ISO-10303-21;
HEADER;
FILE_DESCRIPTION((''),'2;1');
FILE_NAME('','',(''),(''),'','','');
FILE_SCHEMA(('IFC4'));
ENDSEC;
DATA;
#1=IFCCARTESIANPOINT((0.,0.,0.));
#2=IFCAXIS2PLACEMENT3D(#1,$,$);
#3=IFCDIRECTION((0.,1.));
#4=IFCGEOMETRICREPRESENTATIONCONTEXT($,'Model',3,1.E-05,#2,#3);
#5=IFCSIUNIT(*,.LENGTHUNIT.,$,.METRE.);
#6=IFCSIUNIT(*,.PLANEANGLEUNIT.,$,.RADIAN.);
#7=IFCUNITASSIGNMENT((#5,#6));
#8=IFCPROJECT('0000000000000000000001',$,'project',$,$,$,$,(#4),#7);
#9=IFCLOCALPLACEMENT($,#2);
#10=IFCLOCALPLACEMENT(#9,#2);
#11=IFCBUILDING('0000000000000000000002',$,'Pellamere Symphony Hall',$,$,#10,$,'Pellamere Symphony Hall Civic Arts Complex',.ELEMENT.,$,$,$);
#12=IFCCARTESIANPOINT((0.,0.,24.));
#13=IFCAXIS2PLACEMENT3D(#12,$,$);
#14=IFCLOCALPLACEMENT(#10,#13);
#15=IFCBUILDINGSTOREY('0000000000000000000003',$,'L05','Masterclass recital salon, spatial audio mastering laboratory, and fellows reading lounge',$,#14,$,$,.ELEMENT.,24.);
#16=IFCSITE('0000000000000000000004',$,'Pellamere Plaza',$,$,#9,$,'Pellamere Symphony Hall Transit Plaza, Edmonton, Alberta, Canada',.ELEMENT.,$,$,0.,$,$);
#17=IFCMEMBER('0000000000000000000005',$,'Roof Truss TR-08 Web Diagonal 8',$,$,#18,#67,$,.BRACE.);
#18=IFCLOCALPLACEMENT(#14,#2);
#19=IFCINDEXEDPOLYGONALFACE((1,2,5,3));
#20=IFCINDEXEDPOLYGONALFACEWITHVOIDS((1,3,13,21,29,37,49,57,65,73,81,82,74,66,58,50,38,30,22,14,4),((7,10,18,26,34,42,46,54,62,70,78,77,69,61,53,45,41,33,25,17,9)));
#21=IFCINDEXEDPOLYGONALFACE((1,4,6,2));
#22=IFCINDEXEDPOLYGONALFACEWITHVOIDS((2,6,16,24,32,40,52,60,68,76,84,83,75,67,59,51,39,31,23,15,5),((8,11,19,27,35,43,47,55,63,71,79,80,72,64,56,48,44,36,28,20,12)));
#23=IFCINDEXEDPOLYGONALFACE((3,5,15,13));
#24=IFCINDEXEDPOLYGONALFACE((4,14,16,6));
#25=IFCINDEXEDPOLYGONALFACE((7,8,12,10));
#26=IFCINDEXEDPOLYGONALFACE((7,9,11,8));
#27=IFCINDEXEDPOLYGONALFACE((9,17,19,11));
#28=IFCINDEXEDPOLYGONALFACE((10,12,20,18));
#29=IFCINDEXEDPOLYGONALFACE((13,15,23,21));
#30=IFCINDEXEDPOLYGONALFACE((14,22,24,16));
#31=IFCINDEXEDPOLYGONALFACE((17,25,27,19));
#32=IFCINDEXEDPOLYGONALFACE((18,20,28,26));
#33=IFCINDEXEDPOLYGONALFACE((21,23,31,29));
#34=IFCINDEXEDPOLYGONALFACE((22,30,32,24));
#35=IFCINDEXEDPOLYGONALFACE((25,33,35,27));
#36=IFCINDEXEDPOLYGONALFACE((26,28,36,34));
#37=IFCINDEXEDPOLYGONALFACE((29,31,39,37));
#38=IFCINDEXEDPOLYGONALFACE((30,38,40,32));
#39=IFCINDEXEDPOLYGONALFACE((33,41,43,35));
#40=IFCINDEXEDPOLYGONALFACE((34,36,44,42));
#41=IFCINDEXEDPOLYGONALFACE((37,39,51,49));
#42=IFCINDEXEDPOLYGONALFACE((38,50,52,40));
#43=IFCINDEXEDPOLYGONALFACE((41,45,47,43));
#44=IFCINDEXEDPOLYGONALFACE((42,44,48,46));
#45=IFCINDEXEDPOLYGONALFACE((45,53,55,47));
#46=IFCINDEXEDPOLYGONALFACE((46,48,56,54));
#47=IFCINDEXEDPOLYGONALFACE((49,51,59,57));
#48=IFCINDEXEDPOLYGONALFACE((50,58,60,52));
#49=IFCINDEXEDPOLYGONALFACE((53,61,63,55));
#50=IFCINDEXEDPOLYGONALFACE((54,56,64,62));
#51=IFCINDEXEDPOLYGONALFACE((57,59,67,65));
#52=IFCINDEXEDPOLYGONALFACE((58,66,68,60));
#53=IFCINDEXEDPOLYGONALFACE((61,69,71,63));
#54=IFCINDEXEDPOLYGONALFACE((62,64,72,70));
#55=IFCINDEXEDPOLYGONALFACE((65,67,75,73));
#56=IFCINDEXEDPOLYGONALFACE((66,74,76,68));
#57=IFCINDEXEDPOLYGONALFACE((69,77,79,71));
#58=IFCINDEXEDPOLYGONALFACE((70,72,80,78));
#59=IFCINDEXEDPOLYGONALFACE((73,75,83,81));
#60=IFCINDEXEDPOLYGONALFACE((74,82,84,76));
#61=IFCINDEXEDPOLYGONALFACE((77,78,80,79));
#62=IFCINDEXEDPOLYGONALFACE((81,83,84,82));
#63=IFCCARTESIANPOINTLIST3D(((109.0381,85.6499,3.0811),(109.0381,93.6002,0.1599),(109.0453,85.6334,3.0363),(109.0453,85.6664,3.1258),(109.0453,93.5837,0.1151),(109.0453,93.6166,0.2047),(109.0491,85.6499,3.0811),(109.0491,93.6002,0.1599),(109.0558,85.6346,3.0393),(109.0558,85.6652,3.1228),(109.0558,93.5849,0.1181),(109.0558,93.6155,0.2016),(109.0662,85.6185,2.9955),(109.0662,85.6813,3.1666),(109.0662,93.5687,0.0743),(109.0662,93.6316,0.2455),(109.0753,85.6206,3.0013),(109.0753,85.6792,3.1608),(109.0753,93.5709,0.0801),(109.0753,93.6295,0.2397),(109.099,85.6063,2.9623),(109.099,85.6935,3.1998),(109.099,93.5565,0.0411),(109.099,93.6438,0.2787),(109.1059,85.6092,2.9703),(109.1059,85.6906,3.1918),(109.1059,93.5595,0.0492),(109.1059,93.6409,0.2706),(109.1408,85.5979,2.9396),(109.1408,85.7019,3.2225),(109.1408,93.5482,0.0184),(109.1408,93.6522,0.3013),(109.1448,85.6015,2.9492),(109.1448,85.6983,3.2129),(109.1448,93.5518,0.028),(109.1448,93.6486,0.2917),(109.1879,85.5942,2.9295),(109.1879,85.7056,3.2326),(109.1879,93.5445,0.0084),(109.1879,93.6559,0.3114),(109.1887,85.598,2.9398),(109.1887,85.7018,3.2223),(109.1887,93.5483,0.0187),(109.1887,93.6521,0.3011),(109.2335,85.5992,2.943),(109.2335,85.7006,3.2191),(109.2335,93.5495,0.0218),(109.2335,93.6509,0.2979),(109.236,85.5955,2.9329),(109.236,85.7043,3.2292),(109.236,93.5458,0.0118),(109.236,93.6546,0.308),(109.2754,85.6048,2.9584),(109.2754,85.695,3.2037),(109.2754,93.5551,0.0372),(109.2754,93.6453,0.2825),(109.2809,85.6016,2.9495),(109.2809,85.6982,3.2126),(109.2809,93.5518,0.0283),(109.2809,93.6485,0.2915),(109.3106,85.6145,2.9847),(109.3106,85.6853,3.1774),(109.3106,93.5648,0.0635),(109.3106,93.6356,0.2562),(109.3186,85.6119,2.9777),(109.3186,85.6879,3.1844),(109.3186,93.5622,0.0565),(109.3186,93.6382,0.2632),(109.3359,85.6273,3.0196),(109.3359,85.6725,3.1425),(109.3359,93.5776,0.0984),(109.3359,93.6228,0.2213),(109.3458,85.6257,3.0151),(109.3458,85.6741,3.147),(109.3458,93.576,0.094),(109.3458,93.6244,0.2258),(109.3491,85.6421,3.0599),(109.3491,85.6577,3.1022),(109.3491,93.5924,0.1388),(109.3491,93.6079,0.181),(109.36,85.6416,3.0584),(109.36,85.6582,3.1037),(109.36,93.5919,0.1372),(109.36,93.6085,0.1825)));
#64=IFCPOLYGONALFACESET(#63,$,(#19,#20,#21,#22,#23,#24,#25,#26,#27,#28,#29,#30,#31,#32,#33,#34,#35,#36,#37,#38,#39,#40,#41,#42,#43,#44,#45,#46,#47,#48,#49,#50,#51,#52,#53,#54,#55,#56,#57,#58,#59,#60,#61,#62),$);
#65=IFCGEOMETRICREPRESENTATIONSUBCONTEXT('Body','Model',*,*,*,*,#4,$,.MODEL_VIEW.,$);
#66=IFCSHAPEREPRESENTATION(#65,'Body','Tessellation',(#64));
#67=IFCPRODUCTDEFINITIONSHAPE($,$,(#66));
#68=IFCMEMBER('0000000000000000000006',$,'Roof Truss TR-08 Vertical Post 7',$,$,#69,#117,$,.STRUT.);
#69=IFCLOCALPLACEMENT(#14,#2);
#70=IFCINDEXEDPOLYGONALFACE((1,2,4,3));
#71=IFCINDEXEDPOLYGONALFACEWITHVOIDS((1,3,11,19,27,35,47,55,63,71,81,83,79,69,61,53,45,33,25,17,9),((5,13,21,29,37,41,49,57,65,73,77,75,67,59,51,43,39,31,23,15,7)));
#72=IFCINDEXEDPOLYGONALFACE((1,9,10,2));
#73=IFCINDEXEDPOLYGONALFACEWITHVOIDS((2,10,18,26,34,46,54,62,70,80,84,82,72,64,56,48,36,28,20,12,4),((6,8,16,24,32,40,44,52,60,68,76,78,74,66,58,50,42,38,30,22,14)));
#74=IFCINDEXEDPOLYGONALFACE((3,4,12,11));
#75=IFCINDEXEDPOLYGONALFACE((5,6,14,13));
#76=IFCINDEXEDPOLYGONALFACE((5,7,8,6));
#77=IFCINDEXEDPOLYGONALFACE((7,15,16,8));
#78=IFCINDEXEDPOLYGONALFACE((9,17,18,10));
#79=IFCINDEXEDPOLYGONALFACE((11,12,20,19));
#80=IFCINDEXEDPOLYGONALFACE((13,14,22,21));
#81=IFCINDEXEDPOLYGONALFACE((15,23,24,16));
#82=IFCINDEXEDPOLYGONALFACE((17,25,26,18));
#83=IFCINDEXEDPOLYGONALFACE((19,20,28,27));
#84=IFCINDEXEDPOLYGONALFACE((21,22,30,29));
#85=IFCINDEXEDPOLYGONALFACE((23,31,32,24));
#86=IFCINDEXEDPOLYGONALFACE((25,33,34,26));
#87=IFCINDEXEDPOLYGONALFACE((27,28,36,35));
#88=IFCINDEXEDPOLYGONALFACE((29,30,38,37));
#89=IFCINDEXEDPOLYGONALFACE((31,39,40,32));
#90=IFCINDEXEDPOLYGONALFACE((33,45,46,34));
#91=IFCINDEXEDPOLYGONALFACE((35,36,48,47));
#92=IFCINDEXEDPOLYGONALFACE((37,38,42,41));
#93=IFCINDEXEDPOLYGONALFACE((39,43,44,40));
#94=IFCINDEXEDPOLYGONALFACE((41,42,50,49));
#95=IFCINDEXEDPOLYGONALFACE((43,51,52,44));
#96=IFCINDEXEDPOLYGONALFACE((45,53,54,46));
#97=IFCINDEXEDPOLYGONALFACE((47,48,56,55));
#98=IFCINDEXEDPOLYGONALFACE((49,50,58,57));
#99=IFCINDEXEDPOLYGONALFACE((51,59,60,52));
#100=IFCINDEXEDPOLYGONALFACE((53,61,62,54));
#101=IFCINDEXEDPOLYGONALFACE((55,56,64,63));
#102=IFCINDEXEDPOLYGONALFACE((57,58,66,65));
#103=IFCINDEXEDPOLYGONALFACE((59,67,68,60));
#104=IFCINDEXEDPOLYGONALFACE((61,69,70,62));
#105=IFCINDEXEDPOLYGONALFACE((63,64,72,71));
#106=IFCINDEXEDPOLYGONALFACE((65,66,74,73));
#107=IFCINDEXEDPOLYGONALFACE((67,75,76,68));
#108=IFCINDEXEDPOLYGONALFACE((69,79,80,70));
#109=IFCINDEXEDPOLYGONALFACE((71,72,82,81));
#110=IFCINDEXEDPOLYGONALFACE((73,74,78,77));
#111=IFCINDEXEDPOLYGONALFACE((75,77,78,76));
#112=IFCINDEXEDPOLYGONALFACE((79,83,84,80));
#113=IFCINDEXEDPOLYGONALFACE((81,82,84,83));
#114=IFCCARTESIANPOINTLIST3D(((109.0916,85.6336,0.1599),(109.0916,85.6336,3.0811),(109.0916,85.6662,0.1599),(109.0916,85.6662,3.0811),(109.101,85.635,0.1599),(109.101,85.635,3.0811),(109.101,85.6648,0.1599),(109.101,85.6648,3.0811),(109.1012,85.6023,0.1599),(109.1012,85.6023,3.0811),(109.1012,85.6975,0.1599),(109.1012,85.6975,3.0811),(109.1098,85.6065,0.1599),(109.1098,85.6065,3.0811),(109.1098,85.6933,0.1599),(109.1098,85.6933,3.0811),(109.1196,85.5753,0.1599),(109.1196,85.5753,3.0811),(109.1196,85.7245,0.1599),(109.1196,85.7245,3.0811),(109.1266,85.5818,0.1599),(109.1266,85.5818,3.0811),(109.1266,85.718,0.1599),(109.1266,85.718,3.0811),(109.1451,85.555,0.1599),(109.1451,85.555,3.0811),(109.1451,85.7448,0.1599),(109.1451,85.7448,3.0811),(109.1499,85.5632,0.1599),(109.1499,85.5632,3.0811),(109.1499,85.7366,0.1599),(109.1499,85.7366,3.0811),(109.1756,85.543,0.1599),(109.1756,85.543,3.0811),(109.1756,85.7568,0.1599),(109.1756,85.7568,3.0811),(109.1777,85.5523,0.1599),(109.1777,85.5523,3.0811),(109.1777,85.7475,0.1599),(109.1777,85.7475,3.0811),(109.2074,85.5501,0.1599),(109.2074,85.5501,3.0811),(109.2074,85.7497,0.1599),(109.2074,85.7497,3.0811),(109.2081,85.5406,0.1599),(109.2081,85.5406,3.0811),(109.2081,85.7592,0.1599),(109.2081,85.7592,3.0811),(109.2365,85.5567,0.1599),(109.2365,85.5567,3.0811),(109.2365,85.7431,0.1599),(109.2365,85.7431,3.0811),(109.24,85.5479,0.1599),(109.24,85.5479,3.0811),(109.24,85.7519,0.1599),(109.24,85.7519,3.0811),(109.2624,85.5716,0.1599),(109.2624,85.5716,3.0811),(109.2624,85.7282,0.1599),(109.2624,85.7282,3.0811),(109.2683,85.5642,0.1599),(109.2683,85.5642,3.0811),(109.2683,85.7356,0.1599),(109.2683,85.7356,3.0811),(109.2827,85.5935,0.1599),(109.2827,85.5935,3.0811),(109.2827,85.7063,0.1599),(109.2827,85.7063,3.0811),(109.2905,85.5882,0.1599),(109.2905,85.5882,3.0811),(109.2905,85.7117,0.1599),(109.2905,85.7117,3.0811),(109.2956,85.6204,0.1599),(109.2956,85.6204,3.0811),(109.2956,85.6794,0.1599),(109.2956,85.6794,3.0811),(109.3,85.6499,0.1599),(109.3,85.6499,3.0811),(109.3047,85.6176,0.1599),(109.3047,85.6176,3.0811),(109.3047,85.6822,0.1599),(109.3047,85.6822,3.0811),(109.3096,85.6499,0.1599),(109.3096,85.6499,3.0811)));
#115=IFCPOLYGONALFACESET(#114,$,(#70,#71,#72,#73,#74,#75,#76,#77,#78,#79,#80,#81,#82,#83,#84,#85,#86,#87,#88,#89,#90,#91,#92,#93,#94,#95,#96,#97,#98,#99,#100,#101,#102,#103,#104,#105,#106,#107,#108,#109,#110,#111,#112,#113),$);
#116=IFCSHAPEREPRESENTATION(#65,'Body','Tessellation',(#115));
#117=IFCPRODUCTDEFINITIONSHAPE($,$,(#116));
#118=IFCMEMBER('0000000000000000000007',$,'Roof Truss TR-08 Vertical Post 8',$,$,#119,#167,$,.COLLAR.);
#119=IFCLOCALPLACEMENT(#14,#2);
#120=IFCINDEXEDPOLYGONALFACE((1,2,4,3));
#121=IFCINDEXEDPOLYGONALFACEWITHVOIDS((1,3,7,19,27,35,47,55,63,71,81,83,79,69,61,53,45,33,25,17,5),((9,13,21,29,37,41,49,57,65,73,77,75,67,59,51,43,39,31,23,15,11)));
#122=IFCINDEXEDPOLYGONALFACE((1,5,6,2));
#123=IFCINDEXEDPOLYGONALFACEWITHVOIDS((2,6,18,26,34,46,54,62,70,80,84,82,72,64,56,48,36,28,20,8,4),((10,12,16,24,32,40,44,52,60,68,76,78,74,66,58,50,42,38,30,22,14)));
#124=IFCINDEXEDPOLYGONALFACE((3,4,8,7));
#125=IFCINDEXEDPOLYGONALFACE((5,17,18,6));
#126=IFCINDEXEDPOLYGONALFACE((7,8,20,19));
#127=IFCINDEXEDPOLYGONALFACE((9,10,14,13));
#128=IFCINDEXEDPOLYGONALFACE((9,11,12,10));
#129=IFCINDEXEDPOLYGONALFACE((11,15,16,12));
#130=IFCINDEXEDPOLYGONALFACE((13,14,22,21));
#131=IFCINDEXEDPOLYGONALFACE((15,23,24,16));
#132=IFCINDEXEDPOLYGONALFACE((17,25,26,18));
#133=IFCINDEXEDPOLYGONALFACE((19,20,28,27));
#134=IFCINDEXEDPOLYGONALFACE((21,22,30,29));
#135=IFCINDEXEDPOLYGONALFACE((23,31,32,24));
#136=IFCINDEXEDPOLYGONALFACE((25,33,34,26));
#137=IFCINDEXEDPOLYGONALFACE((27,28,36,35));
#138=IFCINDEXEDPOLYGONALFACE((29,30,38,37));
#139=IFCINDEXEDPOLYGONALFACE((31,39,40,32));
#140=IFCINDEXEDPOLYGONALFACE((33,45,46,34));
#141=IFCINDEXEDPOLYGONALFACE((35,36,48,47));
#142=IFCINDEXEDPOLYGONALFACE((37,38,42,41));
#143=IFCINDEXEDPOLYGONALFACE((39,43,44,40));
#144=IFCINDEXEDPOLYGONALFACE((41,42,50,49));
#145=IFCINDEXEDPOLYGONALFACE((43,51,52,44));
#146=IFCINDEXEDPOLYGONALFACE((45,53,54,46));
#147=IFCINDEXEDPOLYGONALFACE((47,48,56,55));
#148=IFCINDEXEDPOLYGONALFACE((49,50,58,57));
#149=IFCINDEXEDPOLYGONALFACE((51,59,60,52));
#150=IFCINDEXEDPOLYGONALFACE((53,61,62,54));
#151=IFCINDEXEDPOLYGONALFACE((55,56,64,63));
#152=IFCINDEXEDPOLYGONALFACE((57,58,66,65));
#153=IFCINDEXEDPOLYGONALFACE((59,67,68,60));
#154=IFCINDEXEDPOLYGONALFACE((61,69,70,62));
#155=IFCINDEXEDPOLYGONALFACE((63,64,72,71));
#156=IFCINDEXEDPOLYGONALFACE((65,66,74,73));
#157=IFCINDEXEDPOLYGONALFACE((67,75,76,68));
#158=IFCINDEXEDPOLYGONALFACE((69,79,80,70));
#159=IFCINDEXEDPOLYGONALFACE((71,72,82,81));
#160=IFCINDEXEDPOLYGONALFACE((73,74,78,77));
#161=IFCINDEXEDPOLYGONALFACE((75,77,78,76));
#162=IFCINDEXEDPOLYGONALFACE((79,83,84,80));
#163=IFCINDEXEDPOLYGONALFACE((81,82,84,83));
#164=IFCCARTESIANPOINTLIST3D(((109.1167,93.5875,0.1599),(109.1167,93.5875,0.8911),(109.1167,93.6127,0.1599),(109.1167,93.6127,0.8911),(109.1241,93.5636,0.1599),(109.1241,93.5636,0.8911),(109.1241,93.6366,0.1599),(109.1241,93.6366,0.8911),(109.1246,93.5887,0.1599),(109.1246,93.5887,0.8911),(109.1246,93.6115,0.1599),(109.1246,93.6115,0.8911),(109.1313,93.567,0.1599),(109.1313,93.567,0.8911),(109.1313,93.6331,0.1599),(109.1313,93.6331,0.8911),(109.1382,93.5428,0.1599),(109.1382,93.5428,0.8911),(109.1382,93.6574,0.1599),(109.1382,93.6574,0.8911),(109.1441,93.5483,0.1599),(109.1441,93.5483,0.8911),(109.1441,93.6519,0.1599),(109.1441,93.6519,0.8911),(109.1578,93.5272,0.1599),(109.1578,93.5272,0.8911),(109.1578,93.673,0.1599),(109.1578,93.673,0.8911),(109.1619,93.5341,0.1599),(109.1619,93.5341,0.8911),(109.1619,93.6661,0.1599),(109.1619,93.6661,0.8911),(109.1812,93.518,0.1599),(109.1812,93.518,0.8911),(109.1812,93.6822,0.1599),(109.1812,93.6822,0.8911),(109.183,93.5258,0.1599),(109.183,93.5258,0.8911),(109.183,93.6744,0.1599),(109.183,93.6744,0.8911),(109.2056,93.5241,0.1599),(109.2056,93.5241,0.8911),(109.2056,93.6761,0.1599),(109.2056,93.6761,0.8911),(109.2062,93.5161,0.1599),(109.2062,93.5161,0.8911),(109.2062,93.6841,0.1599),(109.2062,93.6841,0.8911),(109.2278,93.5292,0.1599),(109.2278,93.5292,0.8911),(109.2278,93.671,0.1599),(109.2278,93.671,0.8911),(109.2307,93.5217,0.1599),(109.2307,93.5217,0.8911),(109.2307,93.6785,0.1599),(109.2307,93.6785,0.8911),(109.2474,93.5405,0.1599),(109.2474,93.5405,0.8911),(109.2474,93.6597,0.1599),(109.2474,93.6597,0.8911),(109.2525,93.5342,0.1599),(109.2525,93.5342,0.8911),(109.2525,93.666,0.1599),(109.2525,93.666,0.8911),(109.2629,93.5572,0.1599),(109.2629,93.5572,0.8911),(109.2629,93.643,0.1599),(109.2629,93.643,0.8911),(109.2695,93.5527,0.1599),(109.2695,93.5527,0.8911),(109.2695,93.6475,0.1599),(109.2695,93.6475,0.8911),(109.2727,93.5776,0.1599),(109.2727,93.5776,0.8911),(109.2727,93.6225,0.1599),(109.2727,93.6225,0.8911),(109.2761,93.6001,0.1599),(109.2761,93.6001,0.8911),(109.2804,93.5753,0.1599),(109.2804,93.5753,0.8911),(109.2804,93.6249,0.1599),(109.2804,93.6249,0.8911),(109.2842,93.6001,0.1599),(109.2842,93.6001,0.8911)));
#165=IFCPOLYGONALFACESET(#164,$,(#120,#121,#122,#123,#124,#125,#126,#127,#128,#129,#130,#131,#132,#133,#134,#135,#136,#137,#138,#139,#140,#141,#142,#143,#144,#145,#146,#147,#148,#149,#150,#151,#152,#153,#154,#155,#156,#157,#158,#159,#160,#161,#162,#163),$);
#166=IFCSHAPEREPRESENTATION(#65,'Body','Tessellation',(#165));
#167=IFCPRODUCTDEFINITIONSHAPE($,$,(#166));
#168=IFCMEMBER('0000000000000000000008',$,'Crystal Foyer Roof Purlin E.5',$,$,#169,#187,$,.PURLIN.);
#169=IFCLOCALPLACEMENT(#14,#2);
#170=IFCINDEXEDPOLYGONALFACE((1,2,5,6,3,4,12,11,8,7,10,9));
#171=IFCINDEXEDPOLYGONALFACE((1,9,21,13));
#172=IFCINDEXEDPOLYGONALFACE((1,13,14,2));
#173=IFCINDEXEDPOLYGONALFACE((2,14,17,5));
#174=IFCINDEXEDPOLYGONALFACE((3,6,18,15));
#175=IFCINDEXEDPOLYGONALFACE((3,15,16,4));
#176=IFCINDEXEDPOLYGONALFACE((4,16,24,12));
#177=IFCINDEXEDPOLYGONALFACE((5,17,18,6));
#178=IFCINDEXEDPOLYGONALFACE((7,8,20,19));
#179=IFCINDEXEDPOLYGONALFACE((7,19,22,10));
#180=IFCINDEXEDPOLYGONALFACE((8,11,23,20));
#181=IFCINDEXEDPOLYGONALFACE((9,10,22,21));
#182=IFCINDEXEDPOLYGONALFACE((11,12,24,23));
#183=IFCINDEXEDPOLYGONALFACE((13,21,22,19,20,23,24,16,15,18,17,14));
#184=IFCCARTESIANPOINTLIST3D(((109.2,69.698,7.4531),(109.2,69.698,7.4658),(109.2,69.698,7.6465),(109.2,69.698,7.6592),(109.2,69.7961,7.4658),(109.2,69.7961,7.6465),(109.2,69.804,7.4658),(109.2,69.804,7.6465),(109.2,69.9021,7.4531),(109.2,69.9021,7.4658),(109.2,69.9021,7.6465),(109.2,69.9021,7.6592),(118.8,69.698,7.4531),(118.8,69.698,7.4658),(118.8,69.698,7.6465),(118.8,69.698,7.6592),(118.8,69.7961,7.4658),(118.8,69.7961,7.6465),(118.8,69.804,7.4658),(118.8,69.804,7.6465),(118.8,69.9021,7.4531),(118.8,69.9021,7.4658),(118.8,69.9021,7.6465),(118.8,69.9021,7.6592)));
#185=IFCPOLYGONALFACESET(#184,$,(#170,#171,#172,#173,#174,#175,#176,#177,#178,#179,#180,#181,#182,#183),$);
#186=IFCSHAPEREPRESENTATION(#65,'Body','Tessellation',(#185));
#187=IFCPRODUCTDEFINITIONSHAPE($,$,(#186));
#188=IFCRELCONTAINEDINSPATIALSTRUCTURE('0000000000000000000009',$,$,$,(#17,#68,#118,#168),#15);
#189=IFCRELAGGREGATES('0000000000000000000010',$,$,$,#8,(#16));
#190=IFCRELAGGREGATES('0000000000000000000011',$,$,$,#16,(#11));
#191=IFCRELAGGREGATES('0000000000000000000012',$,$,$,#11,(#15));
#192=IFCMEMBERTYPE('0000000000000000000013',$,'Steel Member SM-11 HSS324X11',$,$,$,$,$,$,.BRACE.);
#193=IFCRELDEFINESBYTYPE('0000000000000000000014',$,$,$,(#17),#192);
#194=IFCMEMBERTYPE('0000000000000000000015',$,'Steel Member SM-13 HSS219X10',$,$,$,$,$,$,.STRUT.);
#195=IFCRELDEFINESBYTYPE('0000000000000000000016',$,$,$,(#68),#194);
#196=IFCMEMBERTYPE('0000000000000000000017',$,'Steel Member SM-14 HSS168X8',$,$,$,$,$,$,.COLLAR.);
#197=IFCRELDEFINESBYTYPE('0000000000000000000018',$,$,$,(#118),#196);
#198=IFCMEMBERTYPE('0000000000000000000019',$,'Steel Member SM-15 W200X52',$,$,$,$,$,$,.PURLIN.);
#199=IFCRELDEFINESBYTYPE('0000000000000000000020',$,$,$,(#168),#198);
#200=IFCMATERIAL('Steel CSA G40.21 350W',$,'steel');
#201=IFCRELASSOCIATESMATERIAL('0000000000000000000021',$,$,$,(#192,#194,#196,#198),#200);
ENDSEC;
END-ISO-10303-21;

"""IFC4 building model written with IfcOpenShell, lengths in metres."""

from ifc_helpers import new_model, si_unit, direction, frame, origin, origin_2d, place, context, subcontext, project, spatial, hollow_circle, i_section, extrude, material, material_profile, profile_set, type_object, element, save


model = new_model("IFC4")

# Units and contexts
model_context = context("Model", 3, precision=1e-05, world=origin(), true_north=direction((0.0, 1.0)))
body_context = subcontext(model_context, "Body", "Model", "MODEL_VIEW")
ifc_project = project(units=[si_unit("LENGTHUNIT", "METRE"), si_unit("PLANEANGLEUNIT", "RADIAN")], contexts=[model_context])

# Site, building, storey
site_placement = place(None, origin())
site = spatial("IfcSite", under=ifc_project, at=site_placement, Name="Pellamere Plaza", LongName="Pellamere Symphony Hall Transit Plaza, Edmonton, Alberta, Canada", CompositionType="ELEMENT", RefElevation=0.0)
building_placement = place(site_placement, origin())
building = spatial("IfcBuilding", under=site, at=building_placement, Name="Pellamere Symphony Hall", LongName="Pellamere Symphony Hall Civic Arts Complex", CompositionType="ELEMENT")
storey_placement = place(building_placement, frame((0.0, 0.0, 24.0)))
storey = spatial("IfcBuildingStorey", under=building, at=storey_placement, Name="L05", Description="Masterclass recital salon, spatial audio mastering laboratory, and fellows reading lounge", CompositionType="ELEMENT", Elevation=24.0)

# Shared definitions
ifc_material_1 = material(Name="Steel CSA G40.21 350W", Category="steel")

# Members
ifc_material_profile_1 = material_profile(ifc_material_1, hollow_circle(Radius=0.1619, WallThickness=0.011, at=origin_2d()), Name="HSS324X11")
ifc_profile_set_1 = profile_set([ifc_material_profile_1], Name="Steel CSA G40.21 350W")
member_type_1 = type_object("IfcMemberType", Name="Steel Member SM-11 HSS324X11", PredefinedType="BRACE", material=ifc_profile_set_1)
member_1_placement = place(storey_placement, frame((109.2, 85.6499, 3.0811), z_axis=(0.0, 0.938644, -0.344886), x_axis=(-1.0, 0.0, 0.0)))
element("IfcMember", 1, at=member_1_placement, inside=storey, type_object=member_type_1, Name="Roof Truss TR-08 Web Diagonal 8", PredefinedType="BRACE", context=body_context, shape_type="SweptSolid", body=[
    extrude(hollow_circle(Radius=0.1619, WallThickness=0.011, at=origin_2d()), origin(), (0.0, 0.0, 1.0), 8.47),
])
ifc_material_profile_2 = material_profile(ifc_material_1, hollow_circle(Radius=0.1096, WallThickness=0.0095, at=origin_2d()), Name="HSS219X10")
ifc_profile_set_2 = profile_set([ifc_material_profile_2], Name="Steel CSA G40.21 350W")
member_type_2 = type_object("IfcMemberType", Name="Steel Member SM-13 HSS219X10", PredefinedType="STRUT", material=ifc_profile_set_2)
member_2_placement = place(storey_placement, frame((109.2, 85.6499, 0.1599), z_axis=(0.0, 0.0, 1.0), x_axis=(1.0, 0.0, 0.0)))
element("IfcMember", 2, at=member_2_placement, inside=storey, type_object=member_type_2, Name="Roof Truss TR-08 Vertical Post 7", PredefinedType="STRUT", context=body_context, shape_type="SweptSolid", body=[
    extrude(hollow_circle(Radius=0.1096, WallThickness=0.0095, at=origin_2d()), origin(), (0.0, 0.0, 1.0), 2.9211),
])
ifc_material_profile_3 = material_profile(ifc_material_1, hollow_circle(Radius=0.0842, WallThickness=0.0081, at=origin_2d()), Name="HSS168X8")
ifc_profile_set_3 = profile_set([ifc_material_profile_3], Name="Steel CSA G40.21 350W")
member_type_3 = type_object("IfcMemberType", Name="Steel Member SM-14 HSS168X8", PredefinedType="COLLAR", material=ifc_profile_set_3)
member_3_placement = place(storey_placement, frame((109.2, 93.6001, 0.1599), z_axis=(0.0, 0.0, 1.0), x_axis=(1.0, 0.0, 0.0)))
element("IfcMember", 3, at=member_3_placement, inside=storey, type_object=member_type_3, Name="Roof Truss TR-08 Vertical Post 8", PredefinedType="COLLAR", context=body_context, shape_type="SweptSolid", body=[
    extrude(hollow_circle(Radius=0.0842, WallThickness=0.0081, at=origin_2d()), origin(), (0.0, 0.0, 1.0), 0.7312),
])
ifc_material_profile_4 = material_profile(ifc_material_1, i_section(OverallWidth=0.2041, OverallDepth=0.2061, WebThickness=0.0078, FlangeThickness=0.0127, at=origin_2d()), Name="W200X52")
ifc_profile_set_4 = profile_set([ifc_material_profile_4], Name="Steel CSA G40.21 350W")
member_type_4 = type_object("IfcMemberType", Name="Steel Member SM-15 W200X52", PredefinedType="PURLIN", material=ifc_profile_set_4)
for number, where, z_axis, x_axis, name in (
    (4, (109.2, 69.8, 7.5562), (1.0, 0.0, 0.0), (0.0, 1.0, 0.0), "Crystal Foyer Roof Purlin E.5"),
):
    element("IfcMember", number, at=place(storey_placement, frame(where, z_axis=z_axis, x_axis=x_axis)), inside=storey, type_object=member_type_4, Name=name, PredefinedType="PURLIN", context=body_context, shape_type="SweptSolid", body=[
        extrude(i_section(OverallWidth=0.2041, OverallDepth=0.2061, WebThickness=0.0078, FlangeThickness=0.0127, at=origin_2d()), origin(), (0.0, 0.0, 1.0), 9.6001),
    ])

save(model, "model.ifc")
